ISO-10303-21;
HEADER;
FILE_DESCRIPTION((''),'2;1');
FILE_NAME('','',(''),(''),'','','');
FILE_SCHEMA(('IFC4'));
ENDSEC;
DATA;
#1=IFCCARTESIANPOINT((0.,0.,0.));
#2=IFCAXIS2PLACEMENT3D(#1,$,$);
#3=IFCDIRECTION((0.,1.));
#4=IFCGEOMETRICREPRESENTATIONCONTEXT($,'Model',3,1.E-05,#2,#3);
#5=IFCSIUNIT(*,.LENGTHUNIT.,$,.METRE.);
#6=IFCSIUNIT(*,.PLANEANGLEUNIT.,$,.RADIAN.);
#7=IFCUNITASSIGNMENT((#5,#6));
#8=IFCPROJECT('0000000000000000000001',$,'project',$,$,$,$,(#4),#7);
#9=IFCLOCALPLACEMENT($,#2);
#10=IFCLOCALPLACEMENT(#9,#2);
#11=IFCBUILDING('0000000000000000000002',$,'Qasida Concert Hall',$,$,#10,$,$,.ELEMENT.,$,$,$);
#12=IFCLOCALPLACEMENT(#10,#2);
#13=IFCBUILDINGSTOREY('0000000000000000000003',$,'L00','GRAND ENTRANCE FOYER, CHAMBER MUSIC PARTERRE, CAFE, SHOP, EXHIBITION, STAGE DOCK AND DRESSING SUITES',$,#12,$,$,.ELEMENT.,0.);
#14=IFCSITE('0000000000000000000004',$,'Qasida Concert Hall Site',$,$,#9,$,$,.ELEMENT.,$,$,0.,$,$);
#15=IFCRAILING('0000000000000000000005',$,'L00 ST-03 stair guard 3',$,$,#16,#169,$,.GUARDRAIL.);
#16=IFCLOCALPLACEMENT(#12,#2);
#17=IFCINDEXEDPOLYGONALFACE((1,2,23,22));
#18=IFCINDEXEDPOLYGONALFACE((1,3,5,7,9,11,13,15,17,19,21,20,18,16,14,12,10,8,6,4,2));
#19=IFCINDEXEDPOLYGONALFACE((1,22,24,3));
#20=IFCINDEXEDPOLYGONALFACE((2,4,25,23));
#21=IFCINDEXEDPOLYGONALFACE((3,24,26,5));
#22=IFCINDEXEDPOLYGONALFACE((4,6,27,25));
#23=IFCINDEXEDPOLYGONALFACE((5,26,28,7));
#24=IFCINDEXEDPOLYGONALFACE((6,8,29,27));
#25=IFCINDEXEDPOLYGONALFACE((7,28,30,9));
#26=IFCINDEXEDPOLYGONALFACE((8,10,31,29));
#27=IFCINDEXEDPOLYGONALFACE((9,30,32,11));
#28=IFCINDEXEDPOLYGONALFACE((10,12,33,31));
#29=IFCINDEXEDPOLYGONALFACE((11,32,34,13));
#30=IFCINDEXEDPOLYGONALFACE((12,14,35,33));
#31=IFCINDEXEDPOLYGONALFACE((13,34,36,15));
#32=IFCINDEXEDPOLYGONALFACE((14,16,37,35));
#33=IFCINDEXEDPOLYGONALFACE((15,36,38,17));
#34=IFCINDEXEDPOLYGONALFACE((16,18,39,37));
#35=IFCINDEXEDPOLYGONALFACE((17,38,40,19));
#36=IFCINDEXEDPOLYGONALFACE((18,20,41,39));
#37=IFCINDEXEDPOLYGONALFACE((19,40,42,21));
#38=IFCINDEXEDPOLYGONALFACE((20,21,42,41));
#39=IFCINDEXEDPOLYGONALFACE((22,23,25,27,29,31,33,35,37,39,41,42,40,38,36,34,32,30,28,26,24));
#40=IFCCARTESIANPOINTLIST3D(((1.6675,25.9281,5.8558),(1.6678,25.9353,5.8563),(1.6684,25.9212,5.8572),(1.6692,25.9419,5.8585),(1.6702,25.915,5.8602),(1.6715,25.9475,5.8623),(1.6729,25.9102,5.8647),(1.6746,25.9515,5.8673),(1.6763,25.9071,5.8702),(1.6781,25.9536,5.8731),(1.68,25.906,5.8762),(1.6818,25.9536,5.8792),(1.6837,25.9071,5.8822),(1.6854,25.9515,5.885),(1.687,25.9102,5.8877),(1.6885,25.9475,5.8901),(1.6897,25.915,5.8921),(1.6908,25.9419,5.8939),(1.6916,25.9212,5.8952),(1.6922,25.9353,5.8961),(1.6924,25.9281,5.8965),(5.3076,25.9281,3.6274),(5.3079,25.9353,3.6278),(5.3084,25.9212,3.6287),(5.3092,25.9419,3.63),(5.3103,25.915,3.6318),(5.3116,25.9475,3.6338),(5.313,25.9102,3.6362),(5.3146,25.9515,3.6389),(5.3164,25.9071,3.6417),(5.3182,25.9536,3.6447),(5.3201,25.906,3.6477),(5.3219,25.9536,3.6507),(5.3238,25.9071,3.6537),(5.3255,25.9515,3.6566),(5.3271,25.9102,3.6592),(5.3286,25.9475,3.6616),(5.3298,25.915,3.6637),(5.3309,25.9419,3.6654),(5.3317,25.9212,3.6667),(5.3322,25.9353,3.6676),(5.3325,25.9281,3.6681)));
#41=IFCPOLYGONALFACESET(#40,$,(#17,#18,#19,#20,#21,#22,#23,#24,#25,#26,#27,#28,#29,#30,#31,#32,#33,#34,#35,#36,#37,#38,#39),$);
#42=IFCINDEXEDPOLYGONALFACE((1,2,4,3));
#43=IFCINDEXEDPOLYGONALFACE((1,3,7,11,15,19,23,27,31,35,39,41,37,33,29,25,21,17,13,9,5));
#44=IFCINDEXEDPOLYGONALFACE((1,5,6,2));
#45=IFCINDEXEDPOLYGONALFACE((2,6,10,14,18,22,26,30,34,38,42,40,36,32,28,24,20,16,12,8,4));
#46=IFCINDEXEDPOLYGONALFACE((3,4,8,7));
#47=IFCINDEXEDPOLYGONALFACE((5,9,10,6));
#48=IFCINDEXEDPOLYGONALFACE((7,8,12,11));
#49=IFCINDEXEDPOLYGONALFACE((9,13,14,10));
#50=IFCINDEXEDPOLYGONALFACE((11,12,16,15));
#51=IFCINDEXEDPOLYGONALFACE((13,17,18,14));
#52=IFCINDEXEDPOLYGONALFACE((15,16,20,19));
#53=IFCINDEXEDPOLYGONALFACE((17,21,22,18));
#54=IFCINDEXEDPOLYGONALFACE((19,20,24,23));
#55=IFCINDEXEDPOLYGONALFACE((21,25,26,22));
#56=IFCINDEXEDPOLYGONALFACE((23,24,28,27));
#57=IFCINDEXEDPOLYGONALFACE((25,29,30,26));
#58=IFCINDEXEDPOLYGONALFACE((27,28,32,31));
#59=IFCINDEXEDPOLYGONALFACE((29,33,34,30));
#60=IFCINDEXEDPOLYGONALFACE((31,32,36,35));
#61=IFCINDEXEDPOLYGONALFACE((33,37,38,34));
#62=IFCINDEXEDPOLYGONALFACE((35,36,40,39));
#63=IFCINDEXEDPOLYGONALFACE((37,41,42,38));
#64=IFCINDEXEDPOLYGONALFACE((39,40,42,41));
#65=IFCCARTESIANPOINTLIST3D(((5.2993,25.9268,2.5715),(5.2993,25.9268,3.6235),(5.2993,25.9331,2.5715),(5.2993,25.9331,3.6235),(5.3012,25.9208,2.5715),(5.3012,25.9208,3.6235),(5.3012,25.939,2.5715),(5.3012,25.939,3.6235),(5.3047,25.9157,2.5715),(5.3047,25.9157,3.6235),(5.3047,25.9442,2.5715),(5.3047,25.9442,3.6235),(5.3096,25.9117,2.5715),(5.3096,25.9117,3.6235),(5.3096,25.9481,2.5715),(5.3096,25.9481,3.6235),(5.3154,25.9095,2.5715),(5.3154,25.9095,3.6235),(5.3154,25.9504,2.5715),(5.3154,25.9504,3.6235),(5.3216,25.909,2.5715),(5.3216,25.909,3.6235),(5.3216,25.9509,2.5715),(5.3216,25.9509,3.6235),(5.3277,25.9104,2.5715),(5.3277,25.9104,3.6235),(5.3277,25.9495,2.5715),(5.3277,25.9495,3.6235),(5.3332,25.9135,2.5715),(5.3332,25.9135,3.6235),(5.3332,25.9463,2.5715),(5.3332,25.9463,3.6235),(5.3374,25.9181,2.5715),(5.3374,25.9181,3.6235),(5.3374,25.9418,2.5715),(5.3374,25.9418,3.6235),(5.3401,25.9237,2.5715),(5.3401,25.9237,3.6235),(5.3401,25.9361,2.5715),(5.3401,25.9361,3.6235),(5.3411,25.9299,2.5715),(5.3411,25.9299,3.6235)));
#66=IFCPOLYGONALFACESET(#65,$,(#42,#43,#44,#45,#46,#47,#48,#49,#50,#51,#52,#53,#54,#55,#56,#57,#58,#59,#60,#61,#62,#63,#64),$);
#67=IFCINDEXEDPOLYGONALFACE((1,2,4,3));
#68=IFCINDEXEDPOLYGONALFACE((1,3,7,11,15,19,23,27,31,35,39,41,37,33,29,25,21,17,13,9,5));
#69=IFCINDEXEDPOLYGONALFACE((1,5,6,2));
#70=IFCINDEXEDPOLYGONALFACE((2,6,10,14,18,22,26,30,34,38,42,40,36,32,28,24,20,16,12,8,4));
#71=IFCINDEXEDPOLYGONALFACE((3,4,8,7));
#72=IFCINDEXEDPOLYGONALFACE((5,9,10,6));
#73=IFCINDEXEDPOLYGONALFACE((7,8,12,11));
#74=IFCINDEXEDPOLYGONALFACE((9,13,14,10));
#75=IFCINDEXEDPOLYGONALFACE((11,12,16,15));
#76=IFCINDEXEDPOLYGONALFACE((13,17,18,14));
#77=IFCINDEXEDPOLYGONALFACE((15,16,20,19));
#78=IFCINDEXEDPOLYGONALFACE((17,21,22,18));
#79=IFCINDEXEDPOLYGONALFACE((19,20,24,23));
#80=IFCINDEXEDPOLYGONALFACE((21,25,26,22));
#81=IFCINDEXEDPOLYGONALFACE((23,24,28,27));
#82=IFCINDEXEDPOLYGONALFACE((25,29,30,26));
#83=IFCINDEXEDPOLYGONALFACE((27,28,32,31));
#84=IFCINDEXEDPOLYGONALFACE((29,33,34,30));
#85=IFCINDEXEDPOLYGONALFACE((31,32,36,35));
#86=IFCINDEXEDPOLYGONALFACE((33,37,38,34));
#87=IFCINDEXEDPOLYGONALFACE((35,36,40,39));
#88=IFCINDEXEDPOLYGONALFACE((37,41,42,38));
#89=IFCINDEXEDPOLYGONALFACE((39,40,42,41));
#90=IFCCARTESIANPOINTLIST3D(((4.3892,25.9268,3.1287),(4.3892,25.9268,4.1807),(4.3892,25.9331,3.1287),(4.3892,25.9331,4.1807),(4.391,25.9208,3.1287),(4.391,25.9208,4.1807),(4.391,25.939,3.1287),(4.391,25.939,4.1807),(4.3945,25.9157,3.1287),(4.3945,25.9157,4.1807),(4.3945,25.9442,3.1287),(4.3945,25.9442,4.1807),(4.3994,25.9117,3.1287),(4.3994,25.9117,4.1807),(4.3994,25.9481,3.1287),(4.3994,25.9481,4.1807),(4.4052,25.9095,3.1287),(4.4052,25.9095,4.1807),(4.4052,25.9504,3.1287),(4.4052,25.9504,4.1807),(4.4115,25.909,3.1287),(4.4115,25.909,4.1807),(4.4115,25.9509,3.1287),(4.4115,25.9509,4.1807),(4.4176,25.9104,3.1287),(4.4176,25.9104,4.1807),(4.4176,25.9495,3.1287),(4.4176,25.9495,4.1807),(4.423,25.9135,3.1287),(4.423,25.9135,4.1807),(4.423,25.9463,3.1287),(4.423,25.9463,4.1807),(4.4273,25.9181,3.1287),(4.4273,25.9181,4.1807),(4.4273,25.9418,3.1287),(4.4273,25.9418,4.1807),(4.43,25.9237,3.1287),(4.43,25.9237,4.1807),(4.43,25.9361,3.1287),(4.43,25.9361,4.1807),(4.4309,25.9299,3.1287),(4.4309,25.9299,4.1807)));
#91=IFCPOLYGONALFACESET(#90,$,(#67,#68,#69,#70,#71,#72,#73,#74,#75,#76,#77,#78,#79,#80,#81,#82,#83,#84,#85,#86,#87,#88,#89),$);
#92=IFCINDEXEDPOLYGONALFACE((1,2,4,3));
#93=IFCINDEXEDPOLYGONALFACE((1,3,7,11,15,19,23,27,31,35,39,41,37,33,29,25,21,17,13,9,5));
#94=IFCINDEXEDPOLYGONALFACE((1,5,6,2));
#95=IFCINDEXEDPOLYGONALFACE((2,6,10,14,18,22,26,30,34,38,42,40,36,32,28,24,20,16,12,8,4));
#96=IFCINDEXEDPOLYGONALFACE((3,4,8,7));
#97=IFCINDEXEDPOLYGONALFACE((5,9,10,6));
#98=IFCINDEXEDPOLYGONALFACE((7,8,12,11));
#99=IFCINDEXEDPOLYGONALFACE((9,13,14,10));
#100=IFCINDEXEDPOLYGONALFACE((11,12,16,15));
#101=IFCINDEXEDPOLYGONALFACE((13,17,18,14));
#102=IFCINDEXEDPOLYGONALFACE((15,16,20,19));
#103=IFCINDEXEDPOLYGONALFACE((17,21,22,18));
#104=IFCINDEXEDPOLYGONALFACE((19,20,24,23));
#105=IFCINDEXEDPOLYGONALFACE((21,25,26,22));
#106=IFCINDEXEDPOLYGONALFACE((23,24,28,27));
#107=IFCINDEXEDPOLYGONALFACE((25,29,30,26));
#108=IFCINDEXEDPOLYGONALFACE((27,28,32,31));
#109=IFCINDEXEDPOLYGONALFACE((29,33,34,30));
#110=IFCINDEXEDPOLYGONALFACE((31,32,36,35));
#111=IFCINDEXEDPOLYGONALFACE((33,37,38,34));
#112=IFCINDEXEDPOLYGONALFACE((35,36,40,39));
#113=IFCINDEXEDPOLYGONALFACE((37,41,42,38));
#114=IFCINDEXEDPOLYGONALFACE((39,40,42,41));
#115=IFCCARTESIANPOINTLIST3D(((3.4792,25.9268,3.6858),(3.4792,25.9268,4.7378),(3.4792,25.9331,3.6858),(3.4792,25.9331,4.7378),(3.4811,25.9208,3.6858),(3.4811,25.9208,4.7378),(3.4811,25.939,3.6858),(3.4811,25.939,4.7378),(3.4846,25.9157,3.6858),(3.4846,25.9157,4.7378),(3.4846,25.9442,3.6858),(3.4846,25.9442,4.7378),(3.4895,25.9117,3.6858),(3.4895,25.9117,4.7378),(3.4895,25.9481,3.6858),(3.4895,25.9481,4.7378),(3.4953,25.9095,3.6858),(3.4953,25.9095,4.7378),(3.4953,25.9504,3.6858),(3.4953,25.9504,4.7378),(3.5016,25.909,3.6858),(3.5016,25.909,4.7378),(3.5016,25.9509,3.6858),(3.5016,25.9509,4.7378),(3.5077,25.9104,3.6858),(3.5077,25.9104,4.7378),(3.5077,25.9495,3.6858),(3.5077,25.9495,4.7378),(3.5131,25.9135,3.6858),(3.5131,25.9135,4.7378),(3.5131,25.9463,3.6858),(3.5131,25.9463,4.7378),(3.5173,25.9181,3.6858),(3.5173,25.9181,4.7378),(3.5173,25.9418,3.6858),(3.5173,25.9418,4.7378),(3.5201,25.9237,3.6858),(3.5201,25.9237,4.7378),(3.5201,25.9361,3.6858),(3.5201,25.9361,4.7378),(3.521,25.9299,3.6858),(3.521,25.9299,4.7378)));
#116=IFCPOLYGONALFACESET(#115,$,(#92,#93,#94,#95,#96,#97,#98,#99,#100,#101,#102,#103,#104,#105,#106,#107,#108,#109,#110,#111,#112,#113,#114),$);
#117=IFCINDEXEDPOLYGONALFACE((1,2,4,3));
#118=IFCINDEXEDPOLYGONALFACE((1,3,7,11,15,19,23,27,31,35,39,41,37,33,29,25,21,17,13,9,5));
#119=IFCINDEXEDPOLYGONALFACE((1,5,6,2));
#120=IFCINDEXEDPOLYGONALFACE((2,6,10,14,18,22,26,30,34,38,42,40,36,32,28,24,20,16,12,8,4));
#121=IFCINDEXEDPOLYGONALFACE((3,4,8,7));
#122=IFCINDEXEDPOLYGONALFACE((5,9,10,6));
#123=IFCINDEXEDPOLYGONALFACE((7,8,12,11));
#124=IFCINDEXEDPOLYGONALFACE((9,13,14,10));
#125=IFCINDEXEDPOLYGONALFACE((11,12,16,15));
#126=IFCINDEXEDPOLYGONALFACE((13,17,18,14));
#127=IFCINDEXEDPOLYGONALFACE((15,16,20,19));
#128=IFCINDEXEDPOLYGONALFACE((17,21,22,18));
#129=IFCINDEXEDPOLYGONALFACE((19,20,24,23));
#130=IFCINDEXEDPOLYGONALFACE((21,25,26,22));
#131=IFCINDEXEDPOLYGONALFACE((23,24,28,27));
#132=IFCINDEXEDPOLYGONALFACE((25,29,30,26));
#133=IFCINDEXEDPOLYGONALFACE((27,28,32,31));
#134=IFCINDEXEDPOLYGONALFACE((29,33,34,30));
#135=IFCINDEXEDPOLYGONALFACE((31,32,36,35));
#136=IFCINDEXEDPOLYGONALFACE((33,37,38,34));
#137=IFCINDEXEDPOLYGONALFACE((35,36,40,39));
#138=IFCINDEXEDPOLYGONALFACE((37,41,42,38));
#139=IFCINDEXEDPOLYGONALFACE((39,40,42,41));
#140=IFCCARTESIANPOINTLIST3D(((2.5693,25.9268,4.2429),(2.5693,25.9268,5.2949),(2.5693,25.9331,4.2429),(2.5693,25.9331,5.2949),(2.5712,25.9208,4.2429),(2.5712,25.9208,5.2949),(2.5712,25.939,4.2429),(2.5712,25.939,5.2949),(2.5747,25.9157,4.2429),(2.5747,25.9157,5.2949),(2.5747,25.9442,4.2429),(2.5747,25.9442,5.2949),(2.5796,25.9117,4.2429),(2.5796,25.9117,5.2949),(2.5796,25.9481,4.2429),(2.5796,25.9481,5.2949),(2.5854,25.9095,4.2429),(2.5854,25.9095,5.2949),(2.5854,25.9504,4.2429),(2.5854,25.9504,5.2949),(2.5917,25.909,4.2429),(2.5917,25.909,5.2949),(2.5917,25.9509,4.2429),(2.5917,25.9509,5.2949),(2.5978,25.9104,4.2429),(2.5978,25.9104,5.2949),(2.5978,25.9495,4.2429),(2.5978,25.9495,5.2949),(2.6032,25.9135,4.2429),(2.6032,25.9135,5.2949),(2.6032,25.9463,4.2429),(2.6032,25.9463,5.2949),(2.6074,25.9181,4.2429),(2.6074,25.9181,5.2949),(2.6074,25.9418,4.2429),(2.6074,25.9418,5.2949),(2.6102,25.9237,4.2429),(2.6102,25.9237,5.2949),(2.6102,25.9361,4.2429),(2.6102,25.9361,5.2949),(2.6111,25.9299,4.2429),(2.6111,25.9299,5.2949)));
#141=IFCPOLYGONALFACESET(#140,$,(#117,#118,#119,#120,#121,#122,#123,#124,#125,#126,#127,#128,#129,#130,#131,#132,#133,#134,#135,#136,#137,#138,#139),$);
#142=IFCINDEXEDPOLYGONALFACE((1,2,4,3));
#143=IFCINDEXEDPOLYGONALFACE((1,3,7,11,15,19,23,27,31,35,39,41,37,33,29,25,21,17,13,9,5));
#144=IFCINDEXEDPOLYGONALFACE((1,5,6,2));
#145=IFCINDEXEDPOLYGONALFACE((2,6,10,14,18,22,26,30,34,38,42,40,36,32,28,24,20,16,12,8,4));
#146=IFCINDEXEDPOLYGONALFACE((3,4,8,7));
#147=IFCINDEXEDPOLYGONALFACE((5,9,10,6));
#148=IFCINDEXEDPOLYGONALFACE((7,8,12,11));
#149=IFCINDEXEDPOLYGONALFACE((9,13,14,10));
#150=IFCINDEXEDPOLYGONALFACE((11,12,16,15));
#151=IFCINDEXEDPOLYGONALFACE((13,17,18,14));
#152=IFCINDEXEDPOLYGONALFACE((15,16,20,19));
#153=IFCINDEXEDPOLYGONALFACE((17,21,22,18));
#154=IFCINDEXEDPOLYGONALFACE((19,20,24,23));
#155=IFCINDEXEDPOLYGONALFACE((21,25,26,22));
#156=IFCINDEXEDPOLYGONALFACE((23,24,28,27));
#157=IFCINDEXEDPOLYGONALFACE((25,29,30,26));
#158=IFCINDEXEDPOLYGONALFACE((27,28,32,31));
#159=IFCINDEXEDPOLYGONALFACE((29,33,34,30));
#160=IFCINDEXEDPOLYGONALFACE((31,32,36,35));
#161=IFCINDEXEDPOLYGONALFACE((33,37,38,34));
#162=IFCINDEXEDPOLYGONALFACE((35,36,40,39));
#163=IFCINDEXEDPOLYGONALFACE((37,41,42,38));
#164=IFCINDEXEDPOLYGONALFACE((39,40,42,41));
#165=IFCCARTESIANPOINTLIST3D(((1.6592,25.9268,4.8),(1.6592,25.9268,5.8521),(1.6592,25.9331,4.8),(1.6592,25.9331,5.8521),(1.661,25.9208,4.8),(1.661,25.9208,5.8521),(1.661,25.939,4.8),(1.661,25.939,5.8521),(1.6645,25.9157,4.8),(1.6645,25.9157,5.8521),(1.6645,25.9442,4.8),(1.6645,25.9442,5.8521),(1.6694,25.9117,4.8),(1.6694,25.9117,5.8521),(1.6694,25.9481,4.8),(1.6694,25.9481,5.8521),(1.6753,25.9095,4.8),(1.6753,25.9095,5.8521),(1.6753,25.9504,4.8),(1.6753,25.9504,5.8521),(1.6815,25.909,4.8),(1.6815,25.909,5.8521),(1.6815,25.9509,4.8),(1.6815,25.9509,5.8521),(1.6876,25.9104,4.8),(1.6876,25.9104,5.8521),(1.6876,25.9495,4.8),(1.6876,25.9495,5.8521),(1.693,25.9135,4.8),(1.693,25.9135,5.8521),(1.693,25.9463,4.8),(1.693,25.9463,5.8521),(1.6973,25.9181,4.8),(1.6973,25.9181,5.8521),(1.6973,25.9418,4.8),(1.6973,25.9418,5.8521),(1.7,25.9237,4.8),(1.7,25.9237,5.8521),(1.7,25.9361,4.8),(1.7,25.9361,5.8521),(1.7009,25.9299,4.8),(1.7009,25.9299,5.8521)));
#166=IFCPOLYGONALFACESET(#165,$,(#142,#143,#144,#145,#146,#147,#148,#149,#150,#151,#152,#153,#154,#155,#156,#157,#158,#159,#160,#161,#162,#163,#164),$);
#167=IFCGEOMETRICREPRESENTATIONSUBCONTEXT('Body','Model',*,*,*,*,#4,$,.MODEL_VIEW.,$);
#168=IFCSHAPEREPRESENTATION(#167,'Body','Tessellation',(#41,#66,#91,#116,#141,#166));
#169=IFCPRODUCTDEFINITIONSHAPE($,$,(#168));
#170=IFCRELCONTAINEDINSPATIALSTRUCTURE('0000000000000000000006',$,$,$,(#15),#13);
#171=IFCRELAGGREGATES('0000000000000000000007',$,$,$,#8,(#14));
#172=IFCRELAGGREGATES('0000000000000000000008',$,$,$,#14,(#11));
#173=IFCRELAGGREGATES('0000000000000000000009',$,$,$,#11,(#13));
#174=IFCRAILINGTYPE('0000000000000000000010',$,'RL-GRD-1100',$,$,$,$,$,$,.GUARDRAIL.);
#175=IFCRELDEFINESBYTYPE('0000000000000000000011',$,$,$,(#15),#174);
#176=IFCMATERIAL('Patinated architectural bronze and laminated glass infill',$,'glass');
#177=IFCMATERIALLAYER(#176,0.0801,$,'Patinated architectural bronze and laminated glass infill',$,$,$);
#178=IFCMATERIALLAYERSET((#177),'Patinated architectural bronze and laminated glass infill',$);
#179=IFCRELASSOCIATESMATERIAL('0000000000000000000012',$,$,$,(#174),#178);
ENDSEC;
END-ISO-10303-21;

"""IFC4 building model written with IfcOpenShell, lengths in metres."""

from ifc_helpers import new_model, si_unit, direction, frame, origin, origin_2d, place, context, subcontext, project, spatial, circle, extrude, material, layer, layer_set, type_object, element, save


model = new_model("IFC4")

# Units and contexts
model_context = context("Model", 3, precision=1e-05, world=origin(), true_north=direction((0.0, 1.0)))
body_context = subcontext(model_context, "Body", "Model", "MODEL_VIEW")
ifc_project = project(units=[si_unit("LENGTHUNIT", "METRE"), si_unit("PLANEANGLEUNIT", "RADIAN")], contexts=[model_context])

# Site, building, storey
site_placement = place(None, origin())
site = spatial("IfcSite", under=ifc_project, at=site_placement, Name="Qasida Concert Hall Site", CompositionType="ELEMENT", RefElevation=0.0)
building_placement = place(site_placement, origin())
building = spatial("IfcBuilding", under=site, at=building_placement, Name="Qasida Concert Hall", CompositionType="ELEMENT")
storey_placement = place(building_placement, origin())
storey = spatial("IfcBuildingStorey", under=building, at=storey_placement, Name="L00", Description="GRAND ENTRANCE FOYER, CHAMBER MUSIC PARTERRE, CAFE, SHOP, EXHIBITION, STAGE DOCK AND DRESSING SUITES", CompositionType="ELEMENT", Elevation=0.0)

# Railing
ifc_material_1 = material(Name="Patinated architectural bronze and laminated glass infill", Category="glass")
ifc_layer_1 = layer(ifc_material_1, 0.0801, Name="Patinated architectural bronze and laminated glass infill")
ifc_layer_set_1 = layer_set([ifc_layer_1], Name="Patinated architectural bronze and laminated glass infill")
railing_type_1 = type_object("IfcRailingType", Name="RL-GRD-1100", PredefinedType="GUARDRAIL", material=ifc_layer_set_1)
railing_1_placement = place(storey_placement, frame((5.3201, 25.9299, 2.5715)))
element("IfcRailing", 1, at=railing_1_placement, inside=storey, type_object=railing_type_1, Name="L00 ST-03 stair guard 3", PredefinedType="GUARDRAIL", context=body_context, shape_type="SweptSolid", body=[
    extrude(circle(Radius=0.0239, at=origin_2d()), frame((0.0, 0.0, 1.0762), z_axis=(-0.852866, 0.0, 0.52213), x_axis=(0.0, -1.0, 0.0)), (0.0, 0.0, 1.0), 4.2681),
    extrude(circle(Radius=0.021, at=origin_2d()), origin(), (0.0, 0.0, 1.0), 1.052),
    extrude(circle(Radius=0.021, at=origin_2d()), frame((-0.9102, 0.0, 0.5571)), (0.0, 0.0, 1.0), 1.052),
    extrude(circle(Radius=0.021, at=origin_2d()), frame((-1.8201, 0.0, 1.1143)), (0.0, 0.0, 1.0), 1.052),
    extrude(circle(Radius=0.021, at=origin_2d()), frame((-2.73, 0.0, 1.6714)), (0.0, 0.0, 1.0), 1.052),
    extrude(circle(Radius=0.021, at=origin_2d()), frame((-3.6401, 0.0, 2.2285)), (0.0, 0.0, 1.0), 1.052),
])

save(model, "model.ifc")
